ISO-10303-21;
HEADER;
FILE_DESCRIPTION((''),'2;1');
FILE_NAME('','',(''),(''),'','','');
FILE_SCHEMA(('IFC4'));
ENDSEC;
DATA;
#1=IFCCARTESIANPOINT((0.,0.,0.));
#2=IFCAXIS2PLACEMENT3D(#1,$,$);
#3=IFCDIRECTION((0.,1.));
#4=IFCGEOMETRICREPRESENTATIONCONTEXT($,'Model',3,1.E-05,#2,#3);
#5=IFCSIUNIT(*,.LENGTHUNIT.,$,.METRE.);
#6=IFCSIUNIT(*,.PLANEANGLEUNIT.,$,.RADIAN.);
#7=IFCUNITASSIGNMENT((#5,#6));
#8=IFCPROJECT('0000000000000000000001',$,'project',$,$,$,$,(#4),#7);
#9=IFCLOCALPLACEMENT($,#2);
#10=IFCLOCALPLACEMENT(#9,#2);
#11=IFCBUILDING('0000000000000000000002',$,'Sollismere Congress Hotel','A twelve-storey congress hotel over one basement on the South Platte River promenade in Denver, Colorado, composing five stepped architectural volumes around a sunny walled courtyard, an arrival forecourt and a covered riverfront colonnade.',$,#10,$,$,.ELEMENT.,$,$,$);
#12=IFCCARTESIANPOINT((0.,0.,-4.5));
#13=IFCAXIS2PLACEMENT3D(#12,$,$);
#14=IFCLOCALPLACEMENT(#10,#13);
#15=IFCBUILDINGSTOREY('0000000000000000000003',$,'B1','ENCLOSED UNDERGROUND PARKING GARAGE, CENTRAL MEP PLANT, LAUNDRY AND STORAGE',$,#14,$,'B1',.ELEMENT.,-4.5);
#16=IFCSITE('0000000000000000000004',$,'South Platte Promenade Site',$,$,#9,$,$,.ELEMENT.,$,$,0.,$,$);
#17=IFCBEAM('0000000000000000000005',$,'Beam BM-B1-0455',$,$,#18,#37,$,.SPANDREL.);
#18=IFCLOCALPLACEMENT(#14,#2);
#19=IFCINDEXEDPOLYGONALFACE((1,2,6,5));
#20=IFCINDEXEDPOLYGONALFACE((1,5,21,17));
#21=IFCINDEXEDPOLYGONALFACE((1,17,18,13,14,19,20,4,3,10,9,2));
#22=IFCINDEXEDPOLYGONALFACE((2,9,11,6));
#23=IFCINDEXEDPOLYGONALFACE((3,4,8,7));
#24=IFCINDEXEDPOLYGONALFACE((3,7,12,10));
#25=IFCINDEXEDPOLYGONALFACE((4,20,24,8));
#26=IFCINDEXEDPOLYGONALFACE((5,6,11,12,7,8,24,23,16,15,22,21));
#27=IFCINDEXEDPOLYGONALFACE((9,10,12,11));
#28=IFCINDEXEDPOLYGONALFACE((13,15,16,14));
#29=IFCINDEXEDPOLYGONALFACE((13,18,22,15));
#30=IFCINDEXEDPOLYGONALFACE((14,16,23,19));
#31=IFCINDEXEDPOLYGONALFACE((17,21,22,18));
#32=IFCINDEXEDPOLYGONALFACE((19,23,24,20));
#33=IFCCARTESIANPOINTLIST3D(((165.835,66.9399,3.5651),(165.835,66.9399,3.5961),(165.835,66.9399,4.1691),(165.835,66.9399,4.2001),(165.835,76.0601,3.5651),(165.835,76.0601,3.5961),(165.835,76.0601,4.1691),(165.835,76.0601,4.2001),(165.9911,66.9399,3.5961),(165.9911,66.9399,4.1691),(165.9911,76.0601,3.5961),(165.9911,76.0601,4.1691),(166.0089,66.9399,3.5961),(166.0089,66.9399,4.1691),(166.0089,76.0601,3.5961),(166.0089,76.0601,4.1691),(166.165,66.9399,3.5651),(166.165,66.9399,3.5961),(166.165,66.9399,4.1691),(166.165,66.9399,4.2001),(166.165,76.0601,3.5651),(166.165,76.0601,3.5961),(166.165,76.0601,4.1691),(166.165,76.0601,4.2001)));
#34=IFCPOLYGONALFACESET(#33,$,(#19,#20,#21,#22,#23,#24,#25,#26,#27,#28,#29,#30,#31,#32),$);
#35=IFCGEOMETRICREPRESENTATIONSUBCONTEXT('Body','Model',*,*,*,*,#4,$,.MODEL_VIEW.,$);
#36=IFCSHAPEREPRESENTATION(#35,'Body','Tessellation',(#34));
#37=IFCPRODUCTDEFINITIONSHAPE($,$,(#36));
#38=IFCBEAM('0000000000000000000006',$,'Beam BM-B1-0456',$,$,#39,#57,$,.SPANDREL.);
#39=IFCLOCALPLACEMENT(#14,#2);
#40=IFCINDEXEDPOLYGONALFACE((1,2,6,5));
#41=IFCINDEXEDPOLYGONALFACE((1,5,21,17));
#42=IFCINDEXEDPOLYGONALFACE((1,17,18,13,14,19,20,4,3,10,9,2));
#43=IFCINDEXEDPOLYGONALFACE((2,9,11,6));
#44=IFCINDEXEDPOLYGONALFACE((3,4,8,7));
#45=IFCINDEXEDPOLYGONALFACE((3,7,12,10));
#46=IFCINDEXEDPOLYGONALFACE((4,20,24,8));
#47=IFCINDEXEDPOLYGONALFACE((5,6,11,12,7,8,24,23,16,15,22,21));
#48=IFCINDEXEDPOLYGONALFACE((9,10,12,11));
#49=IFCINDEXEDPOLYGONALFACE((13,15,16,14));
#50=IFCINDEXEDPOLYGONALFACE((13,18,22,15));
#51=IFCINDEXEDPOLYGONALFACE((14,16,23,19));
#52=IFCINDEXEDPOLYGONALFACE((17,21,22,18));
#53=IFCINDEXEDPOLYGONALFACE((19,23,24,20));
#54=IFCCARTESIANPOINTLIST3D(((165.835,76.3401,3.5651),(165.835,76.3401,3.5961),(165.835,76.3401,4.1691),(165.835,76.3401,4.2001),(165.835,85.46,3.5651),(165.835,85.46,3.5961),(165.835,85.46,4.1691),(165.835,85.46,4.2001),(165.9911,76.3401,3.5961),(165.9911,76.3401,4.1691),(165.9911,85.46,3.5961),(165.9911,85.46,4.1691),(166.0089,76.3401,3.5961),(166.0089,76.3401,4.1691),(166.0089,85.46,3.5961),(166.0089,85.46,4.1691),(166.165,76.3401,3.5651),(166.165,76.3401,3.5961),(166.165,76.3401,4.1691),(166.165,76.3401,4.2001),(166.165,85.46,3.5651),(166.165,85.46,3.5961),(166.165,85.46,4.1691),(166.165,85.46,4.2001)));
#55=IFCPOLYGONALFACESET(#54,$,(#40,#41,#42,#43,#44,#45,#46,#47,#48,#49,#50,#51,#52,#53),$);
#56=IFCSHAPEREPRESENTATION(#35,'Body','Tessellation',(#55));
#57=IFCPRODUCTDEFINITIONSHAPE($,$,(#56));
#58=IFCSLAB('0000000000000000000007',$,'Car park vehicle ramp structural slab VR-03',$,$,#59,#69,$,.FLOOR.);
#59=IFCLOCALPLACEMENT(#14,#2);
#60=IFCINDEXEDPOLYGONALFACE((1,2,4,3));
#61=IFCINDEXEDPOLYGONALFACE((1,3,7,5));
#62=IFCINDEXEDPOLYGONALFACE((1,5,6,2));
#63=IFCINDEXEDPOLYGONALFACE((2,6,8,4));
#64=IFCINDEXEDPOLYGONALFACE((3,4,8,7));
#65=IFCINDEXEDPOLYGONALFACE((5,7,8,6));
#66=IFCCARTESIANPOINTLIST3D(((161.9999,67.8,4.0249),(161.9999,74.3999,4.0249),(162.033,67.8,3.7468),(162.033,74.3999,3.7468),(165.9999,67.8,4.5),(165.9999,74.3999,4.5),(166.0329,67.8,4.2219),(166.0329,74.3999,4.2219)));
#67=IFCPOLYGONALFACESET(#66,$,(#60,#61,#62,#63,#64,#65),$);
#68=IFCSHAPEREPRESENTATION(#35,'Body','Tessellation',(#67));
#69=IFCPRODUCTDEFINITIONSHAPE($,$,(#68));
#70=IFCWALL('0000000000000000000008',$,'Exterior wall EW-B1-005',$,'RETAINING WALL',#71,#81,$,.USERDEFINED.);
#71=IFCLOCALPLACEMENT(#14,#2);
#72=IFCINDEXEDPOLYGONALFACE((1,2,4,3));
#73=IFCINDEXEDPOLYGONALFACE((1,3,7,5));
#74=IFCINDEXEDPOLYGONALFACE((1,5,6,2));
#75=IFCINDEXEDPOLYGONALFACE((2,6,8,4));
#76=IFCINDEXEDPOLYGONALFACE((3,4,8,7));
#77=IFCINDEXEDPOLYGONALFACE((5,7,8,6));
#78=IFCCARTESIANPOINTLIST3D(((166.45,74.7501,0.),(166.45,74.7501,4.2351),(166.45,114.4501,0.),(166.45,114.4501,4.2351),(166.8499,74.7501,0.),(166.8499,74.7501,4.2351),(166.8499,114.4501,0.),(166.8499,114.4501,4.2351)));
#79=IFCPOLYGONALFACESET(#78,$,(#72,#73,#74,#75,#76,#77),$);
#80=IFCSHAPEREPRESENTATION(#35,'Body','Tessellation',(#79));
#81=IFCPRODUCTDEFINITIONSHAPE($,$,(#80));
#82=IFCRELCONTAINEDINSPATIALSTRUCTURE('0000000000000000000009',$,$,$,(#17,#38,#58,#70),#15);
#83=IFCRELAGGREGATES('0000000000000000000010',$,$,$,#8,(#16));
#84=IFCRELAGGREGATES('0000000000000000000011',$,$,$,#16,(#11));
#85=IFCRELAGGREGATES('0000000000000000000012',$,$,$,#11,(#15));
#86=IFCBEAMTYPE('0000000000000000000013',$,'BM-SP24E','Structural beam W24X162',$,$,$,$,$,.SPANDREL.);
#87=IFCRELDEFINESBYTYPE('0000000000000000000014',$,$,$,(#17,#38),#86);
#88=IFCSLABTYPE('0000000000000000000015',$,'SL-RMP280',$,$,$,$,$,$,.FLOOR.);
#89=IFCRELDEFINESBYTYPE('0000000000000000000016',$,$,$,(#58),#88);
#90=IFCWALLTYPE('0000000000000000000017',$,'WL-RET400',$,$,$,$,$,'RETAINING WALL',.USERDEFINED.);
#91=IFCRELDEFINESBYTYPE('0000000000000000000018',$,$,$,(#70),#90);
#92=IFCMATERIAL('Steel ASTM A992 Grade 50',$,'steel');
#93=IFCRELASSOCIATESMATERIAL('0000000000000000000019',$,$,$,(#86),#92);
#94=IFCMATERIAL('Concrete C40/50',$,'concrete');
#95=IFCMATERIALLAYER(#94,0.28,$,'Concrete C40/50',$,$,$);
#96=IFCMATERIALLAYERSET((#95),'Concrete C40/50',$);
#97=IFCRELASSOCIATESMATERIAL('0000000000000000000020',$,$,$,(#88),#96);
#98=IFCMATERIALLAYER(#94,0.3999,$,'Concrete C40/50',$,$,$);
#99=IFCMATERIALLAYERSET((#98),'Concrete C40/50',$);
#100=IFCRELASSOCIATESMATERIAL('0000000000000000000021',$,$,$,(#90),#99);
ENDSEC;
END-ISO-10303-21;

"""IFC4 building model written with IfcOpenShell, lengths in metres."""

from ifc_helpers import new_model, si_unit, direction, frame, frame_2d, origin, origin_2d, place, context, subcontext, project, spatial, polyline, rectangle, i_section, outline, extrude, material, layer, layer_set, material_profile, profile_set, type_object, element, save


model = new_model("IFC4")

# Units and contexts
model_context = context("Model", 3, precision=1e-05, world=origin(), true_north=direction((0.0, 1.0)))
body_context = subcontext(model_context, "Body", "Model", "MODEL_VIEW")
ifc_project = project(units=[si_unit("LENGTHUNIT", "METRE"), si_unit("PLANEANGLEUNIT", "RADIAN")], contexts=[model_context])

# Site, building, storey
site_placement = place(None, origin())
site = spatial("IfcSite", under=ifc_project, at=site_placement, Name="South Platte Promenade Site", CompositionType="ELEMENT", RefElevation=0.0)
building_placement = place(site_placement, origin())
building = spatial("IfcBuilding", under=site, at=building_placement, Name="Sollismere Congress Hotel", Description="A twelve-storey congress hotel over one basement on the South Platte River promenade in Denver, Colorado, composing five stepped architectural volumes around a sunny walled courtyard, an arrival forecourt and a covered riverfront colonnade.", CompositionType="ELEMENT")
storey_placement = place(building_placement, frame((0.0, 0.0, -4.5)))
storey = spatial("IfcBuildingStorey", under=building, at=storey_placement, Name="B1", Description="ENCLOSED UNDERGROUND PARKING GARAGE, CENTRAL MEP PLANT, LAUNDRY AND STORAGE", LongName="B1", CompositionType="ELEMENT", Elevation=-4.5)

# Shared definitions
ifc_material_1 = material(Name="Concrete C40/50", Category="concrete")

# Beams
ifc_material_2 = material(Name="Steel ASTM A992 Grade 50", Category="steel")
ifc_material_profile_1 = material_profile(ifc_material_2, i_section(OverallWidth=0.3301, OverallDepth=0.635, WebThickness=0.0178, FlangeThickness=0.031, at=origin_2d()), Name="W24X162")
ifc_profile_set_1 = profile_set([ifc_material_profile_1], Name="Steel ASTM A992 Grade 50")
beam_type_1 = type_object("IfcBeamType", Name="BM-SP24E", Description="Structural beam W24X162", PredefinedType="SPANDREL", material=ifc_profile_set_1)
beam_1_placement = place(storey_placement, frame((166.0, 66.9399, 3.8826), z_axis=(0.0, 1.0, 0.0), x_axis=(-1.0, 0.0, 0.0)))
element("IfcBeam", 1, at=beam_1_placement, inside=storey, type_object=beam_type_1, Name="Beam BM-B1-0455", PredefinedType="SPANDREL", context=body_context, shape_type="SweptSolid", body=[
    extrude(i_section(OverallWidth=0.3301, OverallDepth=0.635, WebThickness=0.0178, FlangeThickness=0.031, at=origin_2d()), origin(), (0.0, 0.0, 1.0), 9.1201),
])
beam_2_placement = place(storey_placement, frame((166.0, 76.3401, 3.8826), z_axis=(0.0, 1.0, 0.0), x_axis=(-1.0, 0.0, 0.0)))
element("IfcBeam", 2, at=beam_2_placement, inside=storey, type_object=beam_type_1, Name="Beam BM-B1-0456", PredefinedType="SPANDREL", context=body_context, shape_type="SweptSolid", body=[
    extrude(i_section(OverallWidth=0.3301, OverallDepth=0.635, WebThickness=0.0178, FlangeThickness=0.031, at=origin_2d()), origin(), (0.0, 0.0, 1.0), 9.1199),
])

# Slab
ifc_layer_1 = layer(ifc_material_1, 0.28, Name="Concrete C40/50")
ifc_layer_set_1 = layer_set([ifc_layer_1], Name="Concrete C40/50")
slab_type = type_object("IfcSlabType", Name="SL-RMP280", PredefinedType="FLOOR", material=ifc_layer_set_1)
slab_placement = place(storey_placement, frame((162.033, 67.8, 3.7468), z_axis=(-0.117945, 0.0, 0.99302), x_axis=(0.99302, 0.0, 0.117945)))
element("IfcSlab", 3, at=slab_placement, inside=storey, type_object=slab_type, Name="Car park vehicle ramp structural slab VR-03", PredefinedType="FLOOR", context=body_context, shape_type="SweptSolid", body=[
    extrude(outline(polyline([(0.0, 0.0), (4.0281, 0.0), (4.0281, 6.5999), (0.0, 6.5999), (0.0, 0.0)])), origin(), (0.0, 0.0, 1.0), 0.28),
])

# Wall
ifc_layer_2 = layer(ifc_material_1, 0.3999, Name="Concrete C40/50")
ifc_layer_set_2 = layer_set([ifc_layer_2], Name="Concrete C40/50")
wall_type = type_object("IfcWallType", Name="WL-RET400", ElementType="RETAINING WALL", PredefinedType="USERDEFINED", material=ifc_layer_set_2)
wall_placement = place(storey_placement, frame((166.6499, 74.75, 0.0), z_axis=(0.0, 0.0, 1.0), x_axis=(0.0, 1.0, 0.0)))
element("IfcWall", 4, at=wall_placement, inside=storey, type_object=wall_type, Name="Exterior wall EW-B1-005", ObjectType="RETAINING WALL", PredefinedType="USERDEFINED", context=body_context, shape_type="SweptSolid", body=[
    extrude(rectangle(XDim=39.7, YDim=0.3999, at=frame_2d((19.8501, 0.0))), origin(), (0.0, 0.0, 1.0), 4.2351),
])

save(model, "model.ifc")
